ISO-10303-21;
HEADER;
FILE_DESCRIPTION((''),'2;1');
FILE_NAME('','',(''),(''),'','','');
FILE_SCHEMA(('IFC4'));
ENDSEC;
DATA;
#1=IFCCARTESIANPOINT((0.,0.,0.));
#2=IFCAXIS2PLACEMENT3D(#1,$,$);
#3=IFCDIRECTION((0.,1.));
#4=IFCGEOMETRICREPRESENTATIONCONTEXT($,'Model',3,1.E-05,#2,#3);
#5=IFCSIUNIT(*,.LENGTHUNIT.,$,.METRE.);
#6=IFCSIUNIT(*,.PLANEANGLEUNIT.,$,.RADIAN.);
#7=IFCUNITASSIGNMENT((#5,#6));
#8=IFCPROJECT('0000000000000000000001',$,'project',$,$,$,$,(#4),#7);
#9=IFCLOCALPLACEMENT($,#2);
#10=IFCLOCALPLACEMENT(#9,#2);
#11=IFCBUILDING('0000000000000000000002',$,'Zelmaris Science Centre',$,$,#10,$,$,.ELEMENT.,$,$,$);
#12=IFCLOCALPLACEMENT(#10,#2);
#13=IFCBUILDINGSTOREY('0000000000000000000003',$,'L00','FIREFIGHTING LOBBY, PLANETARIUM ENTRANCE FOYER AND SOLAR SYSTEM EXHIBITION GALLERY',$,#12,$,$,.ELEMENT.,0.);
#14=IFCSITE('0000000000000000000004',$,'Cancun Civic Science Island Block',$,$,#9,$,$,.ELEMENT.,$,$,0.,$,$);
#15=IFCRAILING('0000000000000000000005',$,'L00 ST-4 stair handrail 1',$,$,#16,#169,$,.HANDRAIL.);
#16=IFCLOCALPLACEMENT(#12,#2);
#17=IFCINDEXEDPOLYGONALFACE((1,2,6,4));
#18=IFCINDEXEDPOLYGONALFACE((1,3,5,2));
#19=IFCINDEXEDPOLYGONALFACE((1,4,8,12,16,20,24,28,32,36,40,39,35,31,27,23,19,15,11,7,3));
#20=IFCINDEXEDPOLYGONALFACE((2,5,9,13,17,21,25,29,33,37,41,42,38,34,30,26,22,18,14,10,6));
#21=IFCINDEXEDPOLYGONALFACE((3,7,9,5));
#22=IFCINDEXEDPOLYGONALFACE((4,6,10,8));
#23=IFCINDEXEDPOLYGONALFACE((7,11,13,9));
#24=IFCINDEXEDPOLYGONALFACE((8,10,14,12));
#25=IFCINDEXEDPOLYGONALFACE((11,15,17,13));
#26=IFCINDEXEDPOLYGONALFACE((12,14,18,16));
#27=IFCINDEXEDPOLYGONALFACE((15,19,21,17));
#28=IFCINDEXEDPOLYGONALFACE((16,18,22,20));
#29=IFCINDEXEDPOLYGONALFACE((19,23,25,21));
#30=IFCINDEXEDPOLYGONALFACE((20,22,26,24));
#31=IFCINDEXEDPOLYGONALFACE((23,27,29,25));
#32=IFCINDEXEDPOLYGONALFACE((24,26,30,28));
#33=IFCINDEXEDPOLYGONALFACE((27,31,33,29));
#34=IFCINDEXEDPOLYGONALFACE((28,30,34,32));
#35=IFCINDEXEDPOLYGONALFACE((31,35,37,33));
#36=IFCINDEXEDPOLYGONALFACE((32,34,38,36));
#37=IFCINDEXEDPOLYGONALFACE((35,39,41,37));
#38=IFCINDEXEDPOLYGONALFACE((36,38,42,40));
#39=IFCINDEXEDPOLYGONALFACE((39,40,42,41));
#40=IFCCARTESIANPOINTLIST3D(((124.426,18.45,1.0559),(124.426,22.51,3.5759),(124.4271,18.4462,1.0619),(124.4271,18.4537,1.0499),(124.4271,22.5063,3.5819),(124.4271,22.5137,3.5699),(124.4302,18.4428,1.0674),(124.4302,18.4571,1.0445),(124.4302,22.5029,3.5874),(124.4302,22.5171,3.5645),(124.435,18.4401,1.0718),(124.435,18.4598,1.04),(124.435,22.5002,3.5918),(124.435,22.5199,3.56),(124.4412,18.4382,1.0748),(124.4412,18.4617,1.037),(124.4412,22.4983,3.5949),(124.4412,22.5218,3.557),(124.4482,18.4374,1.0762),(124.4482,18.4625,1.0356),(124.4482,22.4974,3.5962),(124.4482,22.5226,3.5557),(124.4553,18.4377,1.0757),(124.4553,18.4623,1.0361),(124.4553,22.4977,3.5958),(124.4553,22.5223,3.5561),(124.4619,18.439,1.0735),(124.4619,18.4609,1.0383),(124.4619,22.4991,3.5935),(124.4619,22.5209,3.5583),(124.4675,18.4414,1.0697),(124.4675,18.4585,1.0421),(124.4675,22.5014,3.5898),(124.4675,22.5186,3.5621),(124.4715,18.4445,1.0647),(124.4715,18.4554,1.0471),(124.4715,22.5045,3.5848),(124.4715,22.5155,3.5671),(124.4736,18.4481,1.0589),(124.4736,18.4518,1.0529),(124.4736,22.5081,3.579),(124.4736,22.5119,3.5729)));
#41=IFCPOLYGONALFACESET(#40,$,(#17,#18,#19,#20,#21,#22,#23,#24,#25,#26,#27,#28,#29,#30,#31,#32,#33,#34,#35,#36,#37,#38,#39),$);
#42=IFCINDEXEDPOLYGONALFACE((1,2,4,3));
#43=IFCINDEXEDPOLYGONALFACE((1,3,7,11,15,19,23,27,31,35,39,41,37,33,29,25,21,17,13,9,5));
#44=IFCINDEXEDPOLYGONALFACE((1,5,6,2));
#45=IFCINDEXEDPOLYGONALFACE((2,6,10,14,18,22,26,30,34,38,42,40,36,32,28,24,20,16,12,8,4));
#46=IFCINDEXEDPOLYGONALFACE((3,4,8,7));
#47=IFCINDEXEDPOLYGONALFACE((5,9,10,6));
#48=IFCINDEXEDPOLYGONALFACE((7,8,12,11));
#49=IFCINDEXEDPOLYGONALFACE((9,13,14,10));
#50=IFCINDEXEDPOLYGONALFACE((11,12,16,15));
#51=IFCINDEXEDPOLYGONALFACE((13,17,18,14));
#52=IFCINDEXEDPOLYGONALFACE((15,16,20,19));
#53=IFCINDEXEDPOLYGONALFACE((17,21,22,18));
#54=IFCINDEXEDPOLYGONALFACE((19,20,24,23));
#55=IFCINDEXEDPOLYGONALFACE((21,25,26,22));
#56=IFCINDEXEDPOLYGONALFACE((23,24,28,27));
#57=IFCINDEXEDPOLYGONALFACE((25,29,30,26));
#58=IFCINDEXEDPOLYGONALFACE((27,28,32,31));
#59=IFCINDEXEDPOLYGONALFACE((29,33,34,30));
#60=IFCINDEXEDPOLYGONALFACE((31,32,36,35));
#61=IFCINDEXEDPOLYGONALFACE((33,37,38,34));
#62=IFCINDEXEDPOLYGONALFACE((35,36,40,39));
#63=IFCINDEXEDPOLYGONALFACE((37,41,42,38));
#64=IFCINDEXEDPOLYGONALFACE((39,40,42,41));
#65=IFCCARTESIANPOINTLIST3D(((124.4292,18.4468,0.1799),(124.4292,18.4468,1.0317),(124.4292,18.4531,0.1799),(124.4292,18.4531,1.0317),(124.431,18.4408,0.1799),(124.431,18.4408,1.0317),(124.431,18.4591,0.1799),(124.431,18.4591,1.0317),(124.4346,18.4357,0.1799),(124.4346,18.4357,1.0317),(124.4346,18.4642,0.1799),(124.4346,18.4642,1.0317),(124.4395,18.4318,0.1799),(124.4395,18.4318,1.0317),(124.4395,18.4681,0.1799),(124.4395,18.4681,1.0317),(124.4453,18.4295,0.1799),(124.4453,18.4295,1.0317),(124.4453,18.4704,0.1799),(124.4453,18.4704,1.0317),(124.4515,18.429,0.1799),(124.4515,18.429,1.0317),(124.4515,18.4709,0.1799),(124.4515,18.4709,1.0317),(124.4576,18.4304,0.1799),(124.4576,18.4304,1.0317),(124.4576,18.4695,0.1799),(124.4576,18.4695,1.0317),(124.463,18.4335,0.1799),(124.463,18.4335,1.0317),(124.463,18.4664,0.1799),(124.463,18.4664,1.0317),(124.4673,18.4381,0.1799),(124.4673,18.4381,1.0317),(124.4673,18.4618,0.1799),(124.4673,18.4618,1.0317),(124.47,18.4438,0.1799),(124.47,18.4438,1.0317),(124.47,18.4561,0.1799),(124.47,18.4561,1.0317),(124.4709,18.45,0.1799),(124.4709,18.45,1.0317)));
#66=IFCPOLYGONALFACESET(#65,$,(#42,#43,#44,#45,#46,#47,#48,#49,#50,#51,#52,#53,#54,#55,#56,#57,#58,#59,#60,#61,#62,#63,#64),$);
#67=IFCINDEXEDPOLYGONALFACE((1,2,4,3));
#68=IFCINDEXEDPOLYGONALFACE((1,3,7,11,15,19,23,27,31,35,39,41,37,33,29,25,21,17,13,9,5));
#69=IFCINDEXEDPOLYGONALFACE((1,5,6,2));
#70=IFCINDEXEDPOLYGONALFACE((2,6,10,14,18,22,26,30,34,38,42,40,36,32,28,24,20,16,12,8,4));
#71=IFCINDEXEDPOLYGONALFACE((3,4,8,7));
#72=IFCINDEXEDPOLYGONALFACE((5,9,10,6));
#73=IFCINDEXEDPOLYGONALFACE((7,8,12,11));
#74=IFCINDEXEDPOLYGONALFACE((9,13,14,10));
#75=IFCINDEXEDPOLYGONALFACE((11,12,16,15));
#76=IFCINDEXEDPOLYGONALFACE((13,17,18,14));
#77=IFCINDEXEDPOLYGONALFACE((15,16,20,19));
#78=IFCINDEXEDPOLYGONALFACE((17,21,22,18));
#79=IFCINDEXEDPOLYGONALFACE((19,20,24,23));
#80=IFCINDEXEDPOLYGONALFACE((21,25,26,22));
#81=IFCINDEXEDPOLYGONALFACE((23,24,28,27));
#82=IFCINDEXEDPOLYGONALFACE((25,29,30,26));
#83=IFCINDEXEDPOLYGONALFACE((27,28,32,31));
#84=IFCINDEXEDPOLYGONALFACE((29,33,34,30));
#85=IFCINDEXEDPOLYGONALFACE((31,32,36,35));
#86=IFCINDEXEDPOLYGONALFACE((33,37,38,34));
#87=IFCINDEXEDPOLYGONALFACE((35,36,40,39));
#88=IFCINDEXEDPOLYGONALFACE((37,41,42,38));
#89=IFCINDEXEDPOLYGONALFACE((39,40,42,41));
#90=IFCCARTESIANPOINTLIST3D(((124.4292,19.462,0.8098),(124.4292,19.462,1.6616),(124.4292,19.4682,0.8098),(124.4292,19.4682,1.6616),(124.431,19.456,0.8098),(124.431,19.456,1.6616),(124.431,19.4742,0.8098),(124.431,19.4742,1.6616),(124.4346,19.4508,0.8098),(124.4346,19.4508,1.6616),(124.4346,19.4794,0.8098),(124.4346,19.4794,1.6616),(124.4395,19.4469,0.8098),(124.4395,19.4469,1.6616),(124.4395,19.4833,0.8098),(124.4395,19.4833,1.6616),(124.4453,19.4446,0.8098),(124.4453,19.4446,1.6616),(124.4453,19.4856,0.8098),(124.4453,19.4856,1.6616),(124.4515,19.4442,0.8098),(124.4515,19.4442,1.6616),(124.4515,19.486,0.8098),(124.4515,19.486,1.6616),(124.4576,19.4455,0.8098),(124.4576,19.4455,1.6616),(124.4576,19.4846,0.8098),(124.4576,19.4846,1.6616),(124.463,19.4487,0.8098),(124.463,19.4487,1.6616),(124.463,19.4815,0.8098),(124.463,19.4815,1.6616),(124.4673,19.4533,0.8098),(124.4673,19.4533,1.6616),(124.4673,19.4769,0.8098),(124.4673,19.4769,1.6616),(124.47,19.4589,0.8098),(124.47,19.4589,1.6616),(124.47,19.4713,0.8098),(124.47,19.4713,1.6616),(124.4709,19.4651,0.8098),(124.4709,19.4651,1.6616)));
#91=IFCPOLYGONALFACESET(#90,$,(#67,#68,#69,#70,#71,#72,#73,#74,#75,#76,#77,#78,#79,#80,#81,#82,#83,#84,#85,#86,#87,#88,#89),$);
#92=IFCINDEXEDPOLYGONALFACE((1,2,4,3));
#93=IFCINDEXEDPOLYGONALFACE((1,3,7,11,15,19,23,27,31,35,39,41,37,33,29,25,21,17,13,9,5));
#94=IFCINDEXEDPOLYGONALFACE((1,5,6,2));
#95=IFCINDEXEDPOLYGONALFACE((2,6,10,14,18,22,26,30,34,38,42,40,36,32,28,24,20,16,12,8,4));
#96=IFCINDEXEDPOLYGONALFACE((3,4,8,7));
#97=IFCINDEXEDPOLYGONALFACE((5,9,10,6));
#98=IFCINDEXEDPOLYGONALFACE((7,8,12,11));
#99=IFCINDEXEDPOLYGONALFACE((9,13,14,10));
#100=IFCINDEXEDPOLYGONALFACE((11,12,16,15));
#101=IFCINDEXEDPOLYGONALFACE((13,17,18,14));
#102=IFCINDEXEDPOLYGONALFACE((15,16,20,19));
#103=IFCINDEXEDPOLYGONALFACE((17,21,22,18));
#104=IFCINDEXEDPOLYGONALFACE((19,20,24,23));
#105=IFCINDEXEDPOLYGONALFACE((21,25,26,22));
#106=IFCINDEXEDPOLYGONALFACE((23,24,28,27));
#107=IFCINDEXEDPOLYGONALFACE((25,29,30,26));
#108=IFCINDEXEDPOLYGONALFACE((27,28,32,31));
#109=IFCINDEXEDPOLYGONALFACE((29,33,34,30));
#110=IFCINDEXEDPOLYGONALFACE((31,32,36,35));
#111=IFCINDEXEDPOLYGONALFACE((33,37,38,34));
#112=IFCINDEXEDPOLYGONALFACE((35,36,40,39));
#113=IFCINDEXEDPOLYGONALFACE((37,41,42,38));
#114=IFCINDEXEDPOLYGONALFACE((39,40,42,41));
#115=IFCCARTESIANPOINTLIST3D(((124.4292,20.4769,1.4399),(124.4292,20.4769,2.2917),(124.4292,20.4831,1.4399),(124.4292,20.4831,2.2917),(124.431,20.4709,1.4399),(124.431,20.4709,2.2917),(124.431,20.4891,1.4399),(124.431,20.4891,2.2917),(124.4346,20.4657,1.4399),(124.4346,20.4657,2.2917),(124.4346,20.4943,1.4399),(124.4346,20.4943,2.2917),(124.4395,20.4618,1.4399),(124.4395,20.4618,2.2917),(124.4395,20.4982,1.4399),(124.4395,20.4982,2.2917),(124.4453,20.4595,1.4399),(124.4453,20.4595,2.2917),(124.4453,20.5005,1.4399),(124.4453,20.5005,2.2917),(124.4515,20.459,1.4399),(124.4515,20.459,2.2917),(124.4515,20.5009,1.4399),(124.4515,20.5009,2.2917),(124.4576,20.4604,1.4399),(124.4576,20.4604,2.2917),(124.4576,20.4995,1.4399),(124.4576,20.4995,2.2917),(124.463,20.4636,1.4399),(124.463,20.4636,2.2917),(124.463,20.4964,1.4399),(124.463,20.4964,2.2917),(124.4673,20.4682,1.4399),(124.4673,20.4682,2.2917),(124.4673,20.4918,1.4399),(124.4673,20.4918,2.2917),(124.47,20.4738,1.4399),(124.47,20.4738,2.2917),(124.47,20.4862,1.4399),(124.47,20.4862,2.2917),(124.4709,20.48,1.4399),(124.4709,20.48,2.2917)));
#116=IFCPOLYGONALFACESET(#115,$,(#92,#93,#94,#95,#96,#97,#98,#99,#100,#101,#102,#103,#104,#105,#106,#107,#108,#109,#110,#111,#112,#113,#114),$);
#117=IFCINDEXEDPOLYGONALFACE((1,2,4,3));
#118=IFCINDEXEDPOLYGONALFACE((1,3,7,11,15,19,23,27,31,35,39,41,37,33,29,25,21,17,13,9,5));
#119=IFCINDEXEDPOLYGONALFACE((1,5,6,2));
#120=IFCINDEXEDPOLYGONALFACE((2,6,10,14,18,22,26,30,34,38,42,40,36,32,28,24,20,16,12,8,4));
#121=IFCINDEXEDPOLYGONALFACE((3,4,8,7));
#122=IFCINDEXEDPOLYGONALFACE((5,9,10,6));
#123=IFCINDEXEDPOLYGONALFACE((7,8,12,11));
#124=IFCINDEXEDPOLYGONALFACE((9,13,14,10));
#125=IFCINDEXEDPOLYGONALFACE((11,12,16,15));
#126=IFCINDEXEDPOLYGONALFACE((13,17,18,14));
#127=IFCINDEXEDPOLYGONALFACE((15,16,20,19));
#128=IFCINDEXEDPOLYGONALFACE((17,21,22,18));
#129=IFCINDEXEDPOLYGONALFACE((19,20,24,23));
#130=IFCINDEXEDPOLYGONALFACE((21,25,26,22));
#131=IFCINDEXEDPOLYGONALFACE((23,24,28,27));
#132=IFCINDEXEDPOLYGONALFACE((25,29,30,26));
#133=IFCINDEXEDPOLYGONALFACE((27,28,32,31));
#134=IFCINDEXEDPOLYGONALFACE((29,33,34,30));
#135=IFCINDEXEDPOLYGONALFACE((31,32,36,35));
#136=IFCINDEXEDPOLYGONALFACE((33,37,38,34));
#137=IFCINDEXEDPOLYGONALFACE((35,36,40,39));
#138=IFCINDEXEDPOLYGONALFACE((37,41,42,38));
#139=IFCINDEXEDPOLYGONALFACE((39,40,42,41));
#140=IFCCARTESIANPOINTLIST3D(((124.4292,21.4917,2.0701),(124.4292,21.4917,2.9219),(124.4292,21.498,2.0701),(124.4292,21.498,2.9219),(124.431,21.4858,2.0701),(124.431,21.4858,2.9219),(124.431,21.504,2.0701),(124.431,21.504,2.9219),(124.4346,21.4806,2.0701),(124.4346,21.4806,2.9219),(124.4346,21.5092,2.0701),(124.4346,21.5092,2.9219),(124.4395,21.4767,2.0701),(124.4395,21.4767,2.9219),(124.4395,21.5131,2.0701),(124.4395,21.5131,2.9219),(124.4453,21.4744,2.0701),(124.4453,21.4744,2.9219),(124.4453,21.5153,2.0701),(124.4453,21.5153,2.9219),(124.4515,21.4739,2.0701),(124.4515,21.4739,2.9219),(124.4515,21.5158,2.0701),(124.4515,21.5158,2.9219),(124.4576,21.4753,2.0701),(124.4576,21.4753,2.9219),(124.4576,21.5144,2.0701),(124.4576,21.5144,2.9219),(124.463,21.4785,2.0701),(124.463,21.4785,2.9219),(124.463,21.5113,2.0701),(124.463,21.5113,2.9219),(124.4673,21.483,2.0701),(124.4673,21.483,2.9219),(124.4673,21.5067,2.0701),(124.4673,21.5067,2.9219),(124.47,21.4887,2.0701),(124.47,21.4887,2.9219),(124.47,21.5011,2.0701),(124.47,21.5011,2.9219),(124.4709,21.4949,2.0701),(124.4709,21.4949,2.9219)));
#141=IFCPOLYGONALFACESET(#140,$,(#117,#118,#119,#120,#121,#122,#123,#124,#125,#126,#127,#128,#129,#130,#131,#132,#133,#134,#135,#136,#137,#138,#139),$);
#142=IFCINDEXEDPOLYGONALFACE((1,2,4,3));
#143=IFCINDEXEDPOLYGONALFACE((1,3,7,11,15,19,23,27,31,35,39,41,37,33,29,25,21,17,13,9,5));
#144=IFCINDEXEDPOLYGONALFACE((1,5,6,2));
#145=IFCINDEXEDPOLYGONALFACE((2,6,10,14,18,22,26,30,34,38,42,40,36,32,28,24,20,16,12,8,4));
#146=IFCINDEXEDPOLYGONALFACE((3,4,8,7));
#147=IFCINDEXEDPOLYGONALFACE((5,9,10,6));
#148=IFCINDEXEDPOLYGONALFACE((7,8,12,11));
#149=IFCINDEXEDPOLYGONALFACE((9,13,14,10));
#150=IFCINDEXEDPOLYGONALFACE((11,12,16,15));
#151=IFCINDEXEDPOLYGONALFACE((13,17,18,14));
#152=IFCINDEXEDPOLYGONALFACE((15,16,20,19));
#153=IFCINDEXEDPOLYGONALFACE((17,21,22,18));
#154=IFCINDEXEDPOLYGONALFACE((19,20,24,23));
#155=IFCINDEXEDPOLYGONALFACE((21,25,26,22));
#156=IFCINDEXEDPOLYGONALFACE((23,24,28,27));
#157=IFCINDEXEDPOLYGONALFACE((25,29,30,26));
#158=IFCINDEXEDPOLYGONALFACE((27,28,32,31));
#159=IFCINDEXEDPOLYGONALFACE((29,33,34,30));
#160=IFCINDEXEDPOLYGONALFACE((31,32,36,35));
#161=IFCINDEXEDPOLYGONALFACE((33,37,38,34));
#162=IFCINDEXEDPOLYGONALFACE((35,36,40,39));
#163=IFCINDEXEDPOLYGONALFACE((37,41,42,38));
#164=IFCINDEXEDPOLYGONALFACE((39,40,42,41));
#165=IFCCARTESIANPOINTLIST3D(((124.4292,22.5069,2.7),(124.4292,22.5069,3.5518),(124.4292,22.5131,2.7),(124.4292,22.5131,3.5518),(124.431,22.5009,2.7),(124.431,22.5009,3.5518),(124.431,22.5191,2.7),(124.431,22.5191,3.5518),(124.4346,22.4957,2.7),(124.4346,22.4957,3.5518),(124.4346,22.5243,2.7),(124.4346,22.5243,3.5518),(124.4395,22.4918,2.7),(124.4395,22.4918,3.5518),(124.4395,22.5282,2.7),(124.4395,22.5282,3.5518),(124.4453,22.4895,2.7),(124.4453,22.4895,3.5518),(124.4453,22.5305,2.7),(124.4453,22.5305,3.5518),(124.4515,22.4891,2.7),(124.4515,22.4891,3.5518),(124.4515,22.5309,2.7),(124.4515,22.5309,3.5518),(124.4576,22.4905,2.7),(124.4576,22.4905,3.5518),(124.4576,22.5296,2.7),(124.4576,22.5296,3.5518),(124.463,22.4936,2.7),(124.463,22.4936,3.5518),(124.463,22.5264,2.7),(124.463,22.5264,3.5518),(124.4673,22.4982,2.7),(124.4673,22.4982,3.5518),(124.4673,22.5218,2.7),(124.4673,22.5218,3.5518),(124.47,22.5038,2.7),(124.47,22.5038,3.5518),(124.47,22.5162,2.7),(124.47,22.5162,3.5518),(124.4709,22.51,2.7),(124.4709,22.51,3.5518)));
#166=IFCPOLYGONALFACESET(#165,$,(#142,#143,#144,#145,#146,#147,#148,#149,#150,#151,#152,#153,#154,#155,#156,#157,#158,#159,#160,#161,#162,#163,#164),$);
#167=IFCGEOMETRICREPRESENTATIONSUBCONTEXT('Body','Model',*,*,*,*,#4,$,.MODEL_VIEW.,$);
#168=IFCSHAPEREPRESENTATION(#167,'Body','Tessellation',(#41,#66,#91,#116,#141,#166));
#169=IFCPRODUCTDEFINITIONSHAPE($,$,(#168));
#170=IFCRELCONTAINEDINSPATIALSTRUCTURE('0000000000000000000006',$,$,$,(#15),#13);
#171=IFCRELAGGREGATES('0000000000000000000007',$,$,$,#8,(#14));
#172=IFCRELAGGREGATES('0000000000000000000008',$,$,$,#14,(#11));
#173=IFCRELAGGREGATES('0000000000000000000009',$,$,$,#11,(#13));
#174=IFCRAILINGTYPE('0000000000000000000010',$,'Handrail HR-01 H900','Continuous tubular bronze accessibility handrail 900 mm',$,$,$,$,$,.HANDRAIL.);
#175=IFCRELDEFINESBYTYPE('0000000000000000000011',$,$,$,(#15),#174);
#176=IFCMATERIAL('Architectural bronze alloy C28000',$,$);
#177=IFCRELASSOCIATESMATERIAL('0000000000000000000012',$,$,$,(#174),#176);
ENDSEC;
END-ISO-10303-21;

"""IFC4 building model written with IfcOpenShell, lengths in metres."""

from ifc_helpers import new_model, si_unit, direction, frame, origin, origin_2d, place, context, subcontext, project, spatial, circle, extrude, material, type_object, element, save


model = new_model("IFC4")

# Units and contexts
model_context = context("Model", 3, precision=1e-05, world=origin(), true_north=direction((0.0, 1.0)))
body_context = subcontext(model_context, "Body", "Model", "MODEL_VIEW")
ifc_project = project(units=[si_unit("LENGTHUNIT", "METRE"), si_unit("PLANEANGLEUNIT", "RADIAN")], contexts=[model_context])

# Site, building, storey
site_placement = place(None, origin())
site = spatial("IfcSite", under=ifc_project, at=site_placement, Name="Cancun Civic Science Island Block", CompositionType="ELEMENT", RefElevation=0.0)
building_placement = place(site_placement, origin())
building = spatial("IfcBuilding", under=site, at=building_placement, Name="Zelmaris Science Centre", CompositionType="ELEMENT")
storey_placement = place(building_placement, origin())
storey = spatial("IfcBuildingStorey", under=building, at=storey_placement, Name="L00", Description="FIREFIGHTING LOBBY, PLANETARIUM ENTRANCE FOYER AND SOLAR SYSTEM EXHIBITION GALLERY", CompositionType="ELEMENT", Elevation=0.0)

# Railing
ifc_material_1 = material(Name="Architectural bronze alloy C28000")
railing_type = type_object("IfcRailingType", Name="Handrail HR-01 H900", Description="Continuous tubular bronze accessibility handrail 900 mm", PredefinedType="HANDRAIL", material=ifc_material_1)
railing_placement = place(storey_placement, frame((124.45, 18.45, 0.1799)))
element("IfcRailing", 1, at=railing_placement, inside=storey, type_object=railing_type, Name="L00 ST-4 stair handrail 1", PredefinedType="HANDRAIL", context=body_context, shape_type="SweptSolid", body=[
    extrude(circle(Radius=0.0239, at=origin_2d()), frame((0.0, 0.0, 0.876), z_axis=(0.0, 0.849642, 0.52736), x_axis=(-1.0, 0.0, 0.0)), (0.0, 0.0, 1.0), 4.7786),
    extrude(circle(Radius=0.021, at=origin_2d()), origin(), (0.0, 0.0, 1.0), 0.8518),
    extrude(circle(Radius=0.021, at=origin_2d()), frame((0.0, 1.0151, 0.6299)), (0.0, 0.0, 1.0), 0.8518),
    extrude(circle(Radius=0.021, at=origin_2d()), frame((0.0, 2.03, 1.26)), (0.0, 0.0, 1.0), 0.8518),
    extrude(circle(Radius=0.021, at=origin_2d()), frame((0.0, 3.0449, 1.8901)), (0.0, 0.0, 1.0), 0.8518),
    extrude(circle(Radius=0.021, at=origin_2d()), frame((0.0, 4.0601, 2.52)), (0.0, 0.0, 1.0), 0.8518),
])

save(model, "model.ifc")
